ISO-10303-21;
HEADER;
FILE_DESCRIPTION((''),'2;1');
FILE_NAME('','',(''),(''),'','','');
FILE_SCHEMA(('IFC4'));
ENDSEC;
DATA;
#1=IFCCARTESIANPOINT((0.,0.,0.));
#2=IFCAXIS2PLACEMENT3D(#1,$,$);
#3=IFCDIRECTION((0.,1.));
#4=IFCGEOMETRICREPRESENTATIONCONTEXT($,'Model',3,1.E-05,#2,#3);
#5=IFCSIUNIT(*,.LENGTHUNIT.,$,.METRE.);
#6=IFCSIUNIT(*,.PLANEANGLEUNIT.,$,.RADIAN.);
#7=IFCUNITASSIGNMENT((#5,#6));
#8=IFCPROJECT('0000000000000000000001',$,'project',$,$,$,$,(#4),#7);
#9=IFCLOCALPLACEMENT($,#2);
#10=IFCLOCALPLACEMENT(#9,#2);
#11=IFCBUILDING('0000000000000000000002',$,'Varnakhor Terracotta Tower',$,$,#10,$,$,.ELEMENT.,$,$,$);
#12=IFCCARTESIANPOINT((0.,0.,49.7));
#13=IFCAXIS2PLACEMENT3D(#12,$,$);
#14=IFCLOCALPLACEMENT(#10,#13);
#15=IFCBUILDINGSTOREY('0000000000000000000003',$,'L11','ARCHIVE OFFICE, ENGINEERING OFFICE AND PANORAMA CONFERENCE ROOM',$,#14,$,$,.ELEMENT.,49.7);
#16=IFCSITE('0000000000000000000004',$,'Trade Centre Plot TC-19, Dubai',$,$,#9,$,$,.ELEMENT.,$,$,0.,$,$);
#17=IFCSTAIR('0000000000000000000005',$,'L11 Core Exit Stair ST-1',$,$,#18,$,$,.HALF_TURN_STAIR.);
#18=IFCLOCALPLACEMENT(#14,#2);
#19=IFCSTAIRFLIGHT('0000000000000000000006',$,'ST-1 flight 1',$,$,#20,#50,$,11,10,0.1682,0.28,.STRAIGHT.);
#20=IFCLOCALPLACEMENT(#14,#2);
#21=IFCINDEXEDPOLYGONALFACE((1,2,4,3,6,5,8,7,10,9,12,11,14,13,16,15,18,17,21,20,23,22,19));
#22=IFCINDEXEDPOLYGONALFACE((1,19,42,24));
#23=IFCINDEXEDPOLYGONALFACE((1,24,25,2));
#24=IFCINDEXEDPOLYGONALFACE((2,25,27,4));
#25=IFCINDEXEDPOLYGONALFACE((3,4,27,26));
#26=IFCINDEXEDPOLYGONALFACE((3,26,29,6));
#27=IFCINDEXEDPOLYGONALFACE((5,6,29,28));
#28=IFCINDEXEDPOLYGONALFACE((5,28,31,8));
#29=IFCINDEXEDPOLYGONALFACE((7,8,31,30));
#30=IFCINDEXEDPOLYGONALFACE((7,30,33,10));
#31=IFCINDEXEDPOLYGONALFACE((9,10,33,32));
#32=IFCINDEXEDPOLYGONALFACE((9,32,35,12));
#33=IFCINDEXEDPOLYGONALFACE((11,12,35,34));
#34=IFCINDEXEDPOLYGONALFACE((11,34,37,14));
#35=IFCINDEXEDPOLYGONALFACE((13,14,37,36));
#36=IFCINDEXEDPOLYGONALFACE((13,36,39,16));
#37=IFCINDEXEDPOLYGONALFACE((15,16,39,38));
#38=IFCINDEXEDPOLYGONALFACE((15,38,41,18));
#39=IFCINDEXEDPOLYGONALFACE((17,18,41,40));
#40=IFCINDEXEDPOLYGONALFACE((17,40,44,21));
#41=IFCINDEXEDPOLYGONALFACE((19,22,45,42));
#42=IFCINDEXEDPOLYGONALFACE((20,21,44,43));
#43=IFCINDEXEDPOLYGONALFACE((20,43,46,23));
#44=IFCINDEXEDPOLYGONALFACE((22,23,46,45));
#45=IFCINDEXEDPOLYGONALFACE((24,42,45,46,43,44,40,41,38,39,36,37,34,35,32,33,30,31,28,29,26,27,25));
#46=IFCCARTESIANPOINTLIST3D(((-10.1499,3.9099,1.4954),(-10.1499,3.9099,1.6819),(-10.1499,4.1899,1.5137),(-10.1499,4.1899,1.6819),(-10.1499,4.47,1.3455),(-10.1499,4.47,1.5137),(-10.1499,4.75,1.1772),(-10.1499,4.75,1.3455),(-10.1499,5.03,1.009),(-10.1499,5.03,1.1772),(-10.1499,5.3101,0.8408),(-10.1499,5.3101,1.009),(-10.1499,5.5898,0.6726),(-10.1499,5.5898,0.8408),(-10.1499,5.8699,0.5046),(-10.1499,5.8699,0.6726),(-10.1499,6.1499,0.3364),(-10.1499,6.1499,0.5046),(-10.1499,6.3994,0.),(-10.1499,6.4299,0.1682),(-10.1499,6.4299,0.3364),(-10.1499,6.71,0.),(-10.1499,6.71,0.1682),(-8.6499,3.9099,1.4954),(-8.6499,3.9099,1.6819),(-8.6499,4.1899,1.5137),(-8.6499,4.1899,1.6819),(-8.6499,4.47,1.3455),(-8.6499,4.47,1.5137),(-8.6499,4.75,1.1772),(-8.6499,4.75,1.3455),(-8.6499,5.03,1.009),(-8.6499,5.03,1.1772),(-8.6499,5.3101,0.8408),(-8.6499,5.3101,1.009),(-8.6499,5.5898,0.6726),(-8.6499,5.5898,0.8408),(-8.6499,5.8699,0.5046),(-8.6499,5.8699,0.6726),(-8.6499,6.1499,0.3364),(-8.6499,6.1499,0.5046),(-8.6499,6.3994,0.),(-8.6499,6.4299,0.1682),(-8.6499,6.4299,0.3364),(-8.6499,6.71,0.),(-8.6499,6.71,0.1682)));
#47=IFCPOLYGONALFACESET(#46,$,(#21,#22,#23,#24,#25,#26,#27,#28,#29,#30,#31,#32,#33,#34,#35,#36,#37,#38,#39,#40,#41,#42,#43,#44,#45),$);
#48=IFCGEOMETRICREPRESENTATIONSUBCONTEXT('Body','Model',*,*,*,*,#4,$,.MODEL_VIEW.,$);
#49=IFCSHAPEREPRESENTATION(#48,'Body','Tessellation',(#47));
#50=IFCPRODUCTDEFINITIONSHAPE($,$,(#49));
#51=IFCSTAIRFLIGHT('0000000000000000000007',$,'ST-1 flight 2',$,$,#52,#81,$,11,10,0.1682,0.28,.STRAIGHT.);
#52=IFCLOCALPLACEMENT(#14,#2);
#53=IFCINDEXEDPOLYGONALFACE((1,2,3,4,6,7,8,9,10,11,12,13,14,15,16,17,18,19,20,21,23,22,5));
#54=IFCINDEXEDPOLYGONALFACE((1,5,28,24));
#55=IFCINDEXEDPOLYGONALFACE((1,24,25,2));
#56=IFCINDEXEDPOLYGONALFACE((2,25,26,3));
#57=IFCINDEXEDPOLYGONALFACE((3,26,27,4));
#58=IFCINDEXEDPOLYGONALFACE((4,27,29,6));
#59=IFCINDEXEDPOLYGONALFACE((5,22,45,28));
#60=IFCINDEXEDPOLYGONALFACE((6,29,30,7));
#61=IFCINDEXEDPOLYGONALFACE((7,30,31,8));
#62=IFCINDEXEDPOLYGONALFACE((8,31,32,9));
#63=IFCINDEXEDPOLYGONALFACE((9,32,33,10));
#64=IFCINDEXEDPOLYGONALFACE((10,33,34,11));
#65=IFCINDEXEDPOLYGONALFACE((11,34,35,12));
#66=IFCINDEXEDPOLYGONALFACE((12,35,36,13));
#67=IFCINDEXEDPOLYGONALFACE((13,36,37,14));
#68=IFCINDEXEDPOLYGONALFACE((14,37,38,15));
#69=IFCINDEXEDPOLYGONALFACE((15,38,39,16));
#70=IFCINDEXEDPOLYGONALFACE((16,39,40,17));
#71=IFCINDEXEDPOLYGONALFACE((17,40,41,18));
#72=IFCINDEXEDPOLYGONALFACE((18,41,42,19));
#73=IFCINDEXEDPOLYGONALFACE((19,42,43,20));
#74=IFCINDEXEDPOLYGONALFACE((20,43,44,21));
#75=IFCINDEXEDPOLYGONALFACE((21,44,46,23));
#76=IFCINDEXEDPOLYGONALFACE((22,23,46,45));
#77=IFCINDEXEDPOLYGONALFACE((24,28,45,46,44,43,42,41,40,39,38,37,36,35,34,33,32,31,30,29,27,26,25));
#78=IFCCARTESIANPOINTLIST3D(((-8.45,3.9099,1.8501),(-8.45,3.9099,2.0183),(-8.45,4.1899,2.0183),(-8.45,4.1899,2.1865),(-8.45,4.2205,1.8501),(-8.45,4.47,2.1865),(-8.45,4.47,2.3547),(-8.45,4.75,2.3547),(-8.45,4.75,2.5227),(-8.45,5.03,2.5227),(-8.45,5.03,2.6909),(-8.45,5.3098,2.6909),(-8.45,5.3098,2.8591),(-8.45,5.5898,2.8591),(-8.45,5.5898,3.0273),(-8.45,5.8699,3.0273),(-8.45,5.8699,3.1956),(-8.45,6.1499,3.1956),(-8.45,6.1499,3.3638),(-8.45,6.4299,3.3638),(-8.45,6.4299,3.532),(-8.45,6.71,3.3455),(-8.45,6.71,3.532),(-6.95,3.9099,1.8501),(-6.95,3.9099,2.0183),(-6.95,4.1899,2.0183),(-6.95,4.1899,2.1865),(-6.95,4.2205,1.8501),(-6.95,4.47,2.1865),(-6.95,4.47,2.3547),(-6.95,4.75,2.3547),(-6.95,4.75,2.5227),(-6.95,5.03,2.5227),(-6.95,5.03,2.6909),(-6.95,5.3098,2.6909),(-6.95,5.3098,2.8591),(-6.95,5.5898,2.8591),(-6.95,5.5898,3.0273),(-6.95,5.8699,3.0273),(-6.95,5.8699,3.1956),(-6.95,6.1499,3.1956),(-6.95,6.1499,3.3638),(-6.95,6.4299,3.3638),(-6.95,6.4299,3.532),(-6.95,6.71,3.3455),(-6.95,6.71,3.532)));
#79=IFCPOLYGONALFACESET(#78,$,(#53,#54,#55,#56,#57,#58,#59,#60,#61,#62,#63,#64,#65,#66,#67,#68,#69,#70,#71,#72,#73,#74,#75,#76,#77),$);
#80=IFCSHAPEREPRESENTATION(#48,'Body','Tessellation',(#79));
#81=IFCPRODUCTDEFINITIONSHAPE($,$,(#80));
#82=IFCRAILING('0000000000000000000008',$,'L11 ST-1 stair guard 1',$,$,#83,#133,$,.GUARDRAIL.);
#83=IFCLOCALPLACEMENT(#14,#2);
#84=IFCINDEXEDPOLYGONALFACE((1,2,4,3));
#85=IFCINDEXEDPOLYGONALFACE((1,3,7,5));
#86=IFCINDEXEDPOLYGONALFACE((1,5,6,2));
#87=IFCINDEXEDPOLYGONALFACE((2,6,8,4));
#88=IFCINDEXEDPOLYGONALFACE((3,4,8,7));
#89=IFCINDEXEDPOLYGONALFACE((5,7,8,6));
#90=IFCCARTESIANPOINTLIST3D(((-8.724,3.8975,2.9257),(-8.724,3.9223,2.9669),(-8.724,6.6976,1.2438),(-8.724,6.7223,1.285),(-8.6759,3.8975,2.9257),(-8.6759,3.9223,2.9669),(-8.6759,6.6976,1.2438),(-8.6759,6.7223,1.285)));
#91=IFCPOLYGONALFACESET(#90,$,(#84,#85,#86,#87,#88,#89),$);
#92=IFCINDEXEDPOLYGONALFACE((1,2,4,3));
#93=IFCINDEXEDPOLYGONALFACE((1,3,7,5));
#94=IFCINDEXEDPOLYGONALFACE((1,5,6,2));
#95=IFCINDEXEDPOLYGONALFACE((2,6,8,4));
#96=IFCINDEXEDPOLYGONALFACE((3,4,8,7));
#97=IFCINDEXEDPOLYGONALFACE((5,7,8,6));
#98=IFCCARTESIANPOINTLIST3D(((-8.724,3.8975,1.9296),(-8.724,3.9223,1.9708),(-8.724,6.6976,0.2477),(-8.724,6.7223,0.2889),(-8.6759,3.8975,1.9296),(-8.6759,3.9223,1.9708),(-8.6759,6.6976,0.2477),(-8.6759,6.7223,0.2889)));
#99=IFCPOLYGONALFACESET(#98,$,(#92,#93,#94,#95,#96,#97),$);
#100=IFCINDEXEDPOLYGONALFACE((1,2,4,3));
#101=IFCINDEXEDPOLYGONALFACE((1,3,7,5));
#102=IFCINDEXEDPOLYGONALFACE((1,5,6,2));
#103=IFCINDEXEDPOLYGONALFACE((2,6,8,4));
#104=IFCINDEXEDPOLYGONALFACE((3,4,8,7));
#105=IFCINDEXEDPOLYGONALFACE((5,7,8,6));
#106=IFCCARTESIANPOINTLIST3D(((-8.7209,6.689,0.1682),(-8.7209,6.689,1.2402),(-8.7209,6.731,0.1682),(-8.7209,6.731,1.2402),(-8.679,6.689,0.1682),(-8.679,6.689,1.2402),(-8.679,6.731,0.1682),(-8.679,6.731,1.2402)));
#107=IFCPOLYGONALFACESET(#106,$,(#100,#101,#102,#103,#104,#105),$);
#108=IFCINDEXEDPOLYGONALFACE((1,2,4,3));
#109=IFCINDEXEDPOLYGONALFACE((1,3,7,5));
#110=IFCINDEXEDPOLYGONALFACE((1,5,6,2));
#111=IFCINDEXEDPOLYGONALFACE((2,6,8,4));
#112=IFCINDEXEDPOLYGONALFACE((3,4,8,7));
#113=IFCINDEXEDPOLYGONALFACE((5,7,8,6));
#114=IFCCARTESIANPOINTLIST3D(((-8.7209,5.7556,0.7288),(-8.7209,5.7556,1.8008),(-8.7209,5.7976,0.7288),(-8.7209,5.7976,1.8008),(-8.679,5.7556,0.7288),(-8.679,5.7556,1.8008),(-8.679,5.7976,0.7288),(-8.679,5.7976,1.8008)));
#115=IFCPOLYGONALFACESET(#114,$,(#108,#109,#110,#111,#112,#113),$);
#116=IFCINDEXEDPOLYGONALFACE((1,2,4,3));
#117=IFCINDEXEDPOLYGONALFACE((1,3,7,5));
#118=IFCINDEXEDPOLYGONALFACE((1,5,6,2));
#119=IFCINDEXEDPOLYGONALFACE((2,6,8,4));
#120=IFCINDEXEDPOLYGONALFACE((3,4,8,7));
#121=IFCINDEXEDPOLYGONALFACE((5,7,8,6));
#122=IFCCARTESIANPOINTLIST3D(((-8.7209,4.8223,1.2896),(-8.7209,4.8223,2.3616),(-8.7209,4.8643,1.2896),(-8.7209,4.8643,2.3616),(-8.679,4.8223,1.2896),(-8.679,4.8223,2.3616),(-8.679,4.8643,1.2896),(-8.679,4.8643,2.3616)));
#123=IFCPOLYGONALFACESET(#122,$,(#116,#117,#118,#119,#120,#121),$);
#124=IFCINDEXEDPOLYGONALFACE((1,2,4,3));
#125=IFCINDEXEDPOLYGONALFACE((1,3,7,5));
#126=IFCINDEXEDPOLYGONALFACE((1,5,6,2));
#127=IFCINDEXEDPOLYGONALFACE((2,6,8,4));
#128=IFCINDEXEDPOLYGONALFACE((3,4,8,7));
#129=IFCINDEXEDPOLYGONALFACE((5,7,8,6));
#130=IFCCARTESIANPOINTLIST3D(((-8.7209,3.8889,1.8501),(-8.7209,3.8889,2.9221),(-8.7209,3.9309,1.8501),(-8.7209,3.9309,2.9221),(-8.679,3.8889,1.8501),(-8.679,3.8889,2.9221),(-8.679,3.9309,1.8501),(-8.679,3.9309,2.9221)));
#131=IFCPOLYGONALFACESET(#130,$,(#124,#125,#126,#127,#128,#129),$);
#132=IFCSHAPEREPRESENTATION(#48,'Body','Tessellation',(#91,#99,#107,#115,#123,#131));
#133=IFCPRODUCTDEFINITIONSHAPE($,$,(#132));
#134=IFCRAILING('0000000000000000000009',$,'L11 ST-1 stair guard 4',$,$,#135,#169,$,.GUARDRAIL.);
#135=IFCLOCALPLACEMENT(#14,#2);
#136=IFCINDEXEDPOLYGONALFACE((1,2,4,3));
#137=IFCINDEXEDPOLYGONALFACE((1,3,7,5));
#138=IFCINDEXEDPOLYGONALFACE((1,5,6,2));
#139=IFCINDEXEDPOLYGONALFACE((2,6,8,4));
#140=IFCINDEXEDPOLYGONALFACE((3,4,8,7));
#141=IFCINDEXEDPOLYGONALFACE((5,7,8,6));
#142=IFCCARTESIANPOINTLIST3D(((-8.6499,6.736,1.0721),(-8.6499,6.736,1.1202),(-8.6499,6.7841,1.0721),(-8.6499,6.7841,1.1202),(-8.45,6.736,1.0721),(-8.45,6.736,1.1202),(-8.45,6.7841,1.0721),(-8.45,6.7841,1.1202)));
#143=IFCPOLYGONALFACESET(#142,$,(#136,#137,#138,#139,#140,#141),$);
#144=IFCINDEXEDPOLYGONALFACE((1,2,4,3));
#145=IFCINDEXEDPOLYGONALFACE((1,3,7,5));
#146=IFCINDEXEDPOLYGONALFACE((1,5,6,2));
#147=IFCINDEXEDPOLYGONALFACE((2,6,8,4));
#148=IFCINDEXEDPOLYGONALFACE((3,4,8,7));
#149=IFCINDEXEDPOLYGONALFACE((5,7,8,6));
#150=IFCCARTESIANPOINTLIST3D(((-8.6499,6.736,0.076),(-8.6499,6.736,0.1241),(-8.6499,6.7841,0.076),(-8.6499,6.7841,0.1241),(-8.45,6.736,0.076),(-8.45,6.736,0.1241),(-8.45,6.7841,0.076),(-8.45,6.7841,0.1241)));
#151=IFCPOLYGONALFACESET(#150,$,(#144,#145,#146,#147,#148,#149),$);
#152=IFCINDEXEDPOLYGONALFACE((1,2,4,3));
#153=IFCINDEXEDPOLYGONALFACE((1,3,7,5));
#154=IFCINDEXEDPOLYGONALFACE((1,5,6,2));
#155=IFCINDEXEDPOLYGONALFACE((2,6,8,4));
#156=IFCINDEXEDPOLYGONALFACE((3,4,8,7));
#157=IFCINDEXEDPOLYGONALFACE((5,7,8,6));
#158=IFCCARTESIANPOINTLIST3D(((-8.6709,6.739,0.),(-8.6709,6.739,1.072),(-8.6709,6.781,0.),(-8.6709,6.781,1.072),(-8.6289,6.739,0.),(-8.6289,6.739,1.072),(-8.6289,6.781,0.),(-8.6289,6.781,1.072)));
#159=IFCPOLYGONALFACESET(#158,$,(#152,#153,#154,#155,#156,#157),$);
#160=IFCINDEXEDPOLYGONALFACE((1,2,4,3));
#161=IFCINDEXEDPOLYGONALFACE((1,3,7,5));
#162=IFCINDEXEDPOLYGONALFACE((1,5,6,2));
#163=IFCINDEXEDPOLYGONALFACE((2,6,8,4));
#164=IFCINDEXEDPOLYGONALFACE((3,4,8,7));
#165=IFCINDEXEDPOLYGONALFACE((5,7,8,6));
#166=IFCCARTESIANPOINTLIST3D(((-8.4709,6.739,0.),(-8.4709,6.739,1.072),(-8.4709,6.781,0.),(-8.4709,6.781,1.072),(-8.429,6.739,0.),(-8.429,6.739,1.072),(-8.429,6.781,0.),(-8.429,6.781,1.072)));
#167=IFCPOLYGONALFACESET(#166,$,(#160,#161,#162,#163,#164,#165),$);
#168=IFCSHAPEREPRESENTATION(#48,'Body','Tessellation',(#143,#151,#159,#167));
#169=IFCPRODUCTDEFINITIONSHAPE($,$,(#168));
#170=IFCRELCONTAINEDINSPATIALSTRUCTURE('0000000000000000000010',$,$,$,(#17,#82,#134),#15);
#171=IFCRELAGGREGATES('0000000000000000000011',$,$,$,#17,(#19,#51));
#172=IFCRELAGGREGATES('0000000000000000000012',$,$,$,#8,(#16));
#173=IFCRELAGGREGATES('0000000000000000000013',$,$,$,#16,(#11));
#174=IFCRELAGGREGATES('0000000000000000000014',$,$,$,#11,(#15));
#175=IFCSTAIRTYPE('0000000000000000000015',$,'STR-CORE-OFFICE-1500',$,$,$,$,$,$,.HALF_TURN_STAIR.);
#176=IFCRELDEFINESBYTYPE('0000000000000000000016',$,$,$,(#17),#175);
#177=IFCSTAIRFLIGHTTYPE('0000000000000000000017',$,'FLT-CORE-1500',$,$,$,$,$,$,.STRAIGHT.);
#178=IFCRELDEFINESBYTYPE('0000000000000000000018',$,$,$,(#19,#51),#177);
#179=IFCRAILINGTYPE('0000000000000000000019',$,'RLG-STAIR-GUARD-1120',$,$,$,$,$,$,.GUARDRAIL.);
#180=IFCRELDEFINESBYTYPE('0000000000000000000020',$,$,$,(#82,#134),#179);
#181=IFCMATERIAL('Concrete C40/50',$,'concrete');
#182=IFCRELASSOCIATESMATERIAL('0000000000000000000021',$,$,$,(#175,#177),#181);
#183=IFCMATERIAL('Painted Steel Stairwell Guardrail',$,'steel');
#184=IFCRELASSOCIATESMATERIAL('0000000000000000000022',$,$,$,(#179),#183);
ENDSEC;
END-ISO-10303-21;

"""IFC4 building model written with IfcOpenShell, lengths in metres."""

from ifc_helpers import new_model, si_unit, direction, frame, origin, origin_2d, place, context, subcontext, project, spatial, polyline, rectangle, outline, extrude, material, type_object, element, aggregate, save


model = new_model("IFC4")

# Units and contexts
model_context = context("Model", 3, precision=1e-05, world=origin(), true_north=direction((0.0, 1.0)))
body_context = subcontext(model_context, "Body", "Model", "MODEL_VIEW")
ifc_project = project(units=[si_unit("LENGTHUNIT", "METRE"), si_unit("PLANEANGLEUNIT", "RADIAN")], contexts=[model_context])

# Site, building, storey
site_placement = place(None, origin())
site = spatial("IfcSite", under=ifc_project, at=site_placement, Name="Trade Centre Plot TC-19, Dubai", CompositionType="ELEMENT", RefElevation=0.0)
building_placement = place(site_placement, origin())
building = spatial("IfcBuilding", under=site, at=building_placement, Name="Varnakhor Terracotta Tower", CompositionType="ELEMENT")
storey_placement = place(building_placement, frame((0.0, 0.0, 49.7)))
storey = spatial("IfcBuildingStorey", under=building, at=storey_placement, Name="L11", Description="ARCHIVE OFFICE, ENGINEERING OFFICE AND PANORAMA CONFERENCE ROOM", CompositionType="ELEMENT", Elevation=49.7)

# Shared definitions
ifc_material_1 = material(Name="Concrete C40/50", Category="concrete")

# Stair, stair flights
stair_type = type_object("IfcStairType", Name="STR-CORE-OFFICE-1500", PredefinedType="HALF_TURN_STAIR", material=ifc_material_1)
stair_placement = place(storey_placement, origin())
stair = element("IfcStair", 1, at=stair_placement, inside=storey, type_object=stair_type, Name="L11 Core Exit Stair ST-1", PredefinedType="HALF_TURN_STAIR")
stair_flight_type = type_object("IfcStairFlightType", Name="FLT-CORE-1500", PredefinedType="STRAIGHT", material=ifc_material_1)
stair_flight_1_placement = place(storey_placement, frame((-9.3999, 6.71, 0.0), z_axis=(0.0, 0.0, 1.0), x_axis=(0.0, -1.0, 0.0)))
stair_flight_1 = element("IfcStairFlight", 2, at=stair_flight_1_placement, type_object=stair_flight_type, Name="ST-1 flight 1", NumberOfRisers=11, NumberOfTreads=10, PredefinedType="STRAIGHT", RiserHeight=0.1682, TreadLength=0.28, context=body_context, shape_type="SweptSolid", body=[
    extrude(outline(polyline([(0.0, 0.0), (0.0, 0.1682), (0.28, 0.1682), (0.28, 0.3364), (0.5601, 0.3364), (0.5601, 0.5046), (0.8401, 0.5046), (0.8401, 0.6726), (1.1201, 0.6726), (1.1201, 0.8408), (1.3999, 0.8408), (1.3999, 1.009), (1.6799, 1.009), (1.6799, 1.1772), (1.96, 1.1772), (1.96, 1.3455), (2.24, 1.3455), (2.24, 1.5137), (2.52, 1.5137), (2.52, 1.6819), (2.8, 1.6819), (2.8, 1.8501), (2.8, 1.4954), (0.3105, 0.0), (0.0, 0.0)])), frame((0.0, 0.75, 0.0), z_axis=(0.0, -1.0, 0.0), x_axis=(1.0, 0.0, 0.0)), (0.0, 0.0, 1.0), 1.5),
])
stair_flight_2_placement = place(storey_placement, frame((-7.7, 3.9099, 1.8501), z_axis=(0.0, 0.0, 1.0), x_axis=(0.0, 1.0, 0.0)))
stair_flight_2 = element("IfcStairFlight", 3, at=stair_flight_2_placement, type_object=stair_flight_type, Name="ST-1 flight 2", NumberOfRisers=11, NumberOfTreads=10, PredefinedType="STRAIGHT", RiserHeight=0.1682, TreadLength=0.28, context=body_context, shape_type="SweptSolid", body=[
    extrude(outline(polyline([(0.0, 0.0), (0.0, 0.1682), (0.28, 0.1682), (0.28, 0.3364), (0.5601, 0.3364), (0.5601, 0.5046), (0.8401, 0.5046), (0.8401, 0.6726), (1.1201, 0.6726), (1.1201, 0.8408), (1.3999, 0.8408), (1.3999, 1.009), (1.6799, 1.009), (1.6799, 1.1772), (1.96, 1.1772), (1.96, 1.3455), (2.24, 1.3455), (2.24, 1.5137), (2.52, 1.5137), (2.52, 1.6819), (2.8, 1.6819), (2.8, 1.8501), (2.8, 1.4954), (0.3105, 0.0), (0.0, 0.0)])), frame((0.0, 0.75, 0.0), z_axis=(0.0, -1.0, 0.0), x_axis=(1.0, 0.0, 0.0)), (0.0, 0.0, 1.0), 1.5),
])
aggregate(stair, [stair_flight_1, stair_flight_2])

# Railings
ifc_material_2 = material(Name="Painted Steel Stairwell Guardrail", Category="steel")
railing_type_1 = type_object("IfcRailingType", Name="RLG-STAIR-GUARD-1120", PredefinedType="GUARDRAIL", material=ifc_material_2)
railing_1_placement = place(storey_placement, frame((-8.7, 6.71, 0.1682)))
element("IfcRailing", 4, at=railing_1_placement, inside=storey, type_object=railing_type_1, Name="L11 ST-1 stair guard 1", PredefinedType="GUARDRAIL", context=body_context, shape_type="SweptSolid", body=[
    extrude(rectangle(XDim=0.0481, YDim=0.0481, at=origin_2d()), frame((0.0, 0.0, 1.0962), z_axis=(0.0, -0.857242, 0.514913), x_axis=(1.0, 0.0, 0.0)), (0.0, 0.0, 1.0), 3.2664),
    extrude(rectangle(XDim=0.0481, YDim=0.0481, at=origin_2d()), frame((0.0, 0.0, 0.1001), z_axis=(0.0, -0.857242, 0.514913), x_axis=(1.0, 0.0, 0.0)), (0.0, 0.0, 1.0), 3.2664),
    extrude(rectangle(XDim=0.042, YDim=0.042, at=origin_2d()), origin(), (0.0, 0.0, 1.0), 1.072),
    extrude(rectangle(XDim=0.042, YDim=0.042, at=origin_2d()), frame((0.0, -0.9333, 0.5605)), (0.0, 0.0, 1.0), 1.072),
    extrude(rectangle(XDim=0.042, YDim=0.042, at=origin_2d()), frame((0.0, -1.8667, 1.1213)), (0.0, 0.0, 1.0), 1.072),
    extrude(rectangle(XDim=0.042, YDim=0.042, at=origin_2d()), frame((0.0, -2.8, 1.6819)), (0.0, 0.0, 1.0), 1.072),
])
railing_2_placement = place(storey_placement, frame((-8.6499, 6.76, 0.0)))
element("IfcRailing", 5, at=railing_2_placement, inside=storey, type_object=railing_type_1, Name="L11 ST-1 stair guard 4", PredefinedType="GUARDRAIL", context=body_context, shape_type="SweptSolid", body=[
    extrude(rectangle(XDim=0.0481, YDim=0.0481, at=origin_2d()), frame((0.0, 0.0, 1.0962), z_axis=(1.0, 0.0, 0.0), x_axis=(0.0, 1.0, 0.0)), (0.0, 0.0, 1.0), 0.2),
    extrude(rectangle(XDim=0.0481, YDim=0.0481, at=origin_2d()), frame((0.0, 0.0, 0.1001), z_axis=(1.0, 0.0, 0.0), x_axis=(0.0, 1.0, 0.0)), (0.0, 0.0, 1.0), 0.2),
    extrude(rectangle(XDim=0.042, YDim=0.042, at=origin_2d()), origin(), (0.0, 0.0, 1.0), 1.072),
    extrude(rectangle(XDim=0.042, YDim=0.042, at=origin_2d()), frame((0.2, 0.0, 0.0)), (0.0, 0.0, 1.0), 1.072),
])

save(model, "model.ifc")
